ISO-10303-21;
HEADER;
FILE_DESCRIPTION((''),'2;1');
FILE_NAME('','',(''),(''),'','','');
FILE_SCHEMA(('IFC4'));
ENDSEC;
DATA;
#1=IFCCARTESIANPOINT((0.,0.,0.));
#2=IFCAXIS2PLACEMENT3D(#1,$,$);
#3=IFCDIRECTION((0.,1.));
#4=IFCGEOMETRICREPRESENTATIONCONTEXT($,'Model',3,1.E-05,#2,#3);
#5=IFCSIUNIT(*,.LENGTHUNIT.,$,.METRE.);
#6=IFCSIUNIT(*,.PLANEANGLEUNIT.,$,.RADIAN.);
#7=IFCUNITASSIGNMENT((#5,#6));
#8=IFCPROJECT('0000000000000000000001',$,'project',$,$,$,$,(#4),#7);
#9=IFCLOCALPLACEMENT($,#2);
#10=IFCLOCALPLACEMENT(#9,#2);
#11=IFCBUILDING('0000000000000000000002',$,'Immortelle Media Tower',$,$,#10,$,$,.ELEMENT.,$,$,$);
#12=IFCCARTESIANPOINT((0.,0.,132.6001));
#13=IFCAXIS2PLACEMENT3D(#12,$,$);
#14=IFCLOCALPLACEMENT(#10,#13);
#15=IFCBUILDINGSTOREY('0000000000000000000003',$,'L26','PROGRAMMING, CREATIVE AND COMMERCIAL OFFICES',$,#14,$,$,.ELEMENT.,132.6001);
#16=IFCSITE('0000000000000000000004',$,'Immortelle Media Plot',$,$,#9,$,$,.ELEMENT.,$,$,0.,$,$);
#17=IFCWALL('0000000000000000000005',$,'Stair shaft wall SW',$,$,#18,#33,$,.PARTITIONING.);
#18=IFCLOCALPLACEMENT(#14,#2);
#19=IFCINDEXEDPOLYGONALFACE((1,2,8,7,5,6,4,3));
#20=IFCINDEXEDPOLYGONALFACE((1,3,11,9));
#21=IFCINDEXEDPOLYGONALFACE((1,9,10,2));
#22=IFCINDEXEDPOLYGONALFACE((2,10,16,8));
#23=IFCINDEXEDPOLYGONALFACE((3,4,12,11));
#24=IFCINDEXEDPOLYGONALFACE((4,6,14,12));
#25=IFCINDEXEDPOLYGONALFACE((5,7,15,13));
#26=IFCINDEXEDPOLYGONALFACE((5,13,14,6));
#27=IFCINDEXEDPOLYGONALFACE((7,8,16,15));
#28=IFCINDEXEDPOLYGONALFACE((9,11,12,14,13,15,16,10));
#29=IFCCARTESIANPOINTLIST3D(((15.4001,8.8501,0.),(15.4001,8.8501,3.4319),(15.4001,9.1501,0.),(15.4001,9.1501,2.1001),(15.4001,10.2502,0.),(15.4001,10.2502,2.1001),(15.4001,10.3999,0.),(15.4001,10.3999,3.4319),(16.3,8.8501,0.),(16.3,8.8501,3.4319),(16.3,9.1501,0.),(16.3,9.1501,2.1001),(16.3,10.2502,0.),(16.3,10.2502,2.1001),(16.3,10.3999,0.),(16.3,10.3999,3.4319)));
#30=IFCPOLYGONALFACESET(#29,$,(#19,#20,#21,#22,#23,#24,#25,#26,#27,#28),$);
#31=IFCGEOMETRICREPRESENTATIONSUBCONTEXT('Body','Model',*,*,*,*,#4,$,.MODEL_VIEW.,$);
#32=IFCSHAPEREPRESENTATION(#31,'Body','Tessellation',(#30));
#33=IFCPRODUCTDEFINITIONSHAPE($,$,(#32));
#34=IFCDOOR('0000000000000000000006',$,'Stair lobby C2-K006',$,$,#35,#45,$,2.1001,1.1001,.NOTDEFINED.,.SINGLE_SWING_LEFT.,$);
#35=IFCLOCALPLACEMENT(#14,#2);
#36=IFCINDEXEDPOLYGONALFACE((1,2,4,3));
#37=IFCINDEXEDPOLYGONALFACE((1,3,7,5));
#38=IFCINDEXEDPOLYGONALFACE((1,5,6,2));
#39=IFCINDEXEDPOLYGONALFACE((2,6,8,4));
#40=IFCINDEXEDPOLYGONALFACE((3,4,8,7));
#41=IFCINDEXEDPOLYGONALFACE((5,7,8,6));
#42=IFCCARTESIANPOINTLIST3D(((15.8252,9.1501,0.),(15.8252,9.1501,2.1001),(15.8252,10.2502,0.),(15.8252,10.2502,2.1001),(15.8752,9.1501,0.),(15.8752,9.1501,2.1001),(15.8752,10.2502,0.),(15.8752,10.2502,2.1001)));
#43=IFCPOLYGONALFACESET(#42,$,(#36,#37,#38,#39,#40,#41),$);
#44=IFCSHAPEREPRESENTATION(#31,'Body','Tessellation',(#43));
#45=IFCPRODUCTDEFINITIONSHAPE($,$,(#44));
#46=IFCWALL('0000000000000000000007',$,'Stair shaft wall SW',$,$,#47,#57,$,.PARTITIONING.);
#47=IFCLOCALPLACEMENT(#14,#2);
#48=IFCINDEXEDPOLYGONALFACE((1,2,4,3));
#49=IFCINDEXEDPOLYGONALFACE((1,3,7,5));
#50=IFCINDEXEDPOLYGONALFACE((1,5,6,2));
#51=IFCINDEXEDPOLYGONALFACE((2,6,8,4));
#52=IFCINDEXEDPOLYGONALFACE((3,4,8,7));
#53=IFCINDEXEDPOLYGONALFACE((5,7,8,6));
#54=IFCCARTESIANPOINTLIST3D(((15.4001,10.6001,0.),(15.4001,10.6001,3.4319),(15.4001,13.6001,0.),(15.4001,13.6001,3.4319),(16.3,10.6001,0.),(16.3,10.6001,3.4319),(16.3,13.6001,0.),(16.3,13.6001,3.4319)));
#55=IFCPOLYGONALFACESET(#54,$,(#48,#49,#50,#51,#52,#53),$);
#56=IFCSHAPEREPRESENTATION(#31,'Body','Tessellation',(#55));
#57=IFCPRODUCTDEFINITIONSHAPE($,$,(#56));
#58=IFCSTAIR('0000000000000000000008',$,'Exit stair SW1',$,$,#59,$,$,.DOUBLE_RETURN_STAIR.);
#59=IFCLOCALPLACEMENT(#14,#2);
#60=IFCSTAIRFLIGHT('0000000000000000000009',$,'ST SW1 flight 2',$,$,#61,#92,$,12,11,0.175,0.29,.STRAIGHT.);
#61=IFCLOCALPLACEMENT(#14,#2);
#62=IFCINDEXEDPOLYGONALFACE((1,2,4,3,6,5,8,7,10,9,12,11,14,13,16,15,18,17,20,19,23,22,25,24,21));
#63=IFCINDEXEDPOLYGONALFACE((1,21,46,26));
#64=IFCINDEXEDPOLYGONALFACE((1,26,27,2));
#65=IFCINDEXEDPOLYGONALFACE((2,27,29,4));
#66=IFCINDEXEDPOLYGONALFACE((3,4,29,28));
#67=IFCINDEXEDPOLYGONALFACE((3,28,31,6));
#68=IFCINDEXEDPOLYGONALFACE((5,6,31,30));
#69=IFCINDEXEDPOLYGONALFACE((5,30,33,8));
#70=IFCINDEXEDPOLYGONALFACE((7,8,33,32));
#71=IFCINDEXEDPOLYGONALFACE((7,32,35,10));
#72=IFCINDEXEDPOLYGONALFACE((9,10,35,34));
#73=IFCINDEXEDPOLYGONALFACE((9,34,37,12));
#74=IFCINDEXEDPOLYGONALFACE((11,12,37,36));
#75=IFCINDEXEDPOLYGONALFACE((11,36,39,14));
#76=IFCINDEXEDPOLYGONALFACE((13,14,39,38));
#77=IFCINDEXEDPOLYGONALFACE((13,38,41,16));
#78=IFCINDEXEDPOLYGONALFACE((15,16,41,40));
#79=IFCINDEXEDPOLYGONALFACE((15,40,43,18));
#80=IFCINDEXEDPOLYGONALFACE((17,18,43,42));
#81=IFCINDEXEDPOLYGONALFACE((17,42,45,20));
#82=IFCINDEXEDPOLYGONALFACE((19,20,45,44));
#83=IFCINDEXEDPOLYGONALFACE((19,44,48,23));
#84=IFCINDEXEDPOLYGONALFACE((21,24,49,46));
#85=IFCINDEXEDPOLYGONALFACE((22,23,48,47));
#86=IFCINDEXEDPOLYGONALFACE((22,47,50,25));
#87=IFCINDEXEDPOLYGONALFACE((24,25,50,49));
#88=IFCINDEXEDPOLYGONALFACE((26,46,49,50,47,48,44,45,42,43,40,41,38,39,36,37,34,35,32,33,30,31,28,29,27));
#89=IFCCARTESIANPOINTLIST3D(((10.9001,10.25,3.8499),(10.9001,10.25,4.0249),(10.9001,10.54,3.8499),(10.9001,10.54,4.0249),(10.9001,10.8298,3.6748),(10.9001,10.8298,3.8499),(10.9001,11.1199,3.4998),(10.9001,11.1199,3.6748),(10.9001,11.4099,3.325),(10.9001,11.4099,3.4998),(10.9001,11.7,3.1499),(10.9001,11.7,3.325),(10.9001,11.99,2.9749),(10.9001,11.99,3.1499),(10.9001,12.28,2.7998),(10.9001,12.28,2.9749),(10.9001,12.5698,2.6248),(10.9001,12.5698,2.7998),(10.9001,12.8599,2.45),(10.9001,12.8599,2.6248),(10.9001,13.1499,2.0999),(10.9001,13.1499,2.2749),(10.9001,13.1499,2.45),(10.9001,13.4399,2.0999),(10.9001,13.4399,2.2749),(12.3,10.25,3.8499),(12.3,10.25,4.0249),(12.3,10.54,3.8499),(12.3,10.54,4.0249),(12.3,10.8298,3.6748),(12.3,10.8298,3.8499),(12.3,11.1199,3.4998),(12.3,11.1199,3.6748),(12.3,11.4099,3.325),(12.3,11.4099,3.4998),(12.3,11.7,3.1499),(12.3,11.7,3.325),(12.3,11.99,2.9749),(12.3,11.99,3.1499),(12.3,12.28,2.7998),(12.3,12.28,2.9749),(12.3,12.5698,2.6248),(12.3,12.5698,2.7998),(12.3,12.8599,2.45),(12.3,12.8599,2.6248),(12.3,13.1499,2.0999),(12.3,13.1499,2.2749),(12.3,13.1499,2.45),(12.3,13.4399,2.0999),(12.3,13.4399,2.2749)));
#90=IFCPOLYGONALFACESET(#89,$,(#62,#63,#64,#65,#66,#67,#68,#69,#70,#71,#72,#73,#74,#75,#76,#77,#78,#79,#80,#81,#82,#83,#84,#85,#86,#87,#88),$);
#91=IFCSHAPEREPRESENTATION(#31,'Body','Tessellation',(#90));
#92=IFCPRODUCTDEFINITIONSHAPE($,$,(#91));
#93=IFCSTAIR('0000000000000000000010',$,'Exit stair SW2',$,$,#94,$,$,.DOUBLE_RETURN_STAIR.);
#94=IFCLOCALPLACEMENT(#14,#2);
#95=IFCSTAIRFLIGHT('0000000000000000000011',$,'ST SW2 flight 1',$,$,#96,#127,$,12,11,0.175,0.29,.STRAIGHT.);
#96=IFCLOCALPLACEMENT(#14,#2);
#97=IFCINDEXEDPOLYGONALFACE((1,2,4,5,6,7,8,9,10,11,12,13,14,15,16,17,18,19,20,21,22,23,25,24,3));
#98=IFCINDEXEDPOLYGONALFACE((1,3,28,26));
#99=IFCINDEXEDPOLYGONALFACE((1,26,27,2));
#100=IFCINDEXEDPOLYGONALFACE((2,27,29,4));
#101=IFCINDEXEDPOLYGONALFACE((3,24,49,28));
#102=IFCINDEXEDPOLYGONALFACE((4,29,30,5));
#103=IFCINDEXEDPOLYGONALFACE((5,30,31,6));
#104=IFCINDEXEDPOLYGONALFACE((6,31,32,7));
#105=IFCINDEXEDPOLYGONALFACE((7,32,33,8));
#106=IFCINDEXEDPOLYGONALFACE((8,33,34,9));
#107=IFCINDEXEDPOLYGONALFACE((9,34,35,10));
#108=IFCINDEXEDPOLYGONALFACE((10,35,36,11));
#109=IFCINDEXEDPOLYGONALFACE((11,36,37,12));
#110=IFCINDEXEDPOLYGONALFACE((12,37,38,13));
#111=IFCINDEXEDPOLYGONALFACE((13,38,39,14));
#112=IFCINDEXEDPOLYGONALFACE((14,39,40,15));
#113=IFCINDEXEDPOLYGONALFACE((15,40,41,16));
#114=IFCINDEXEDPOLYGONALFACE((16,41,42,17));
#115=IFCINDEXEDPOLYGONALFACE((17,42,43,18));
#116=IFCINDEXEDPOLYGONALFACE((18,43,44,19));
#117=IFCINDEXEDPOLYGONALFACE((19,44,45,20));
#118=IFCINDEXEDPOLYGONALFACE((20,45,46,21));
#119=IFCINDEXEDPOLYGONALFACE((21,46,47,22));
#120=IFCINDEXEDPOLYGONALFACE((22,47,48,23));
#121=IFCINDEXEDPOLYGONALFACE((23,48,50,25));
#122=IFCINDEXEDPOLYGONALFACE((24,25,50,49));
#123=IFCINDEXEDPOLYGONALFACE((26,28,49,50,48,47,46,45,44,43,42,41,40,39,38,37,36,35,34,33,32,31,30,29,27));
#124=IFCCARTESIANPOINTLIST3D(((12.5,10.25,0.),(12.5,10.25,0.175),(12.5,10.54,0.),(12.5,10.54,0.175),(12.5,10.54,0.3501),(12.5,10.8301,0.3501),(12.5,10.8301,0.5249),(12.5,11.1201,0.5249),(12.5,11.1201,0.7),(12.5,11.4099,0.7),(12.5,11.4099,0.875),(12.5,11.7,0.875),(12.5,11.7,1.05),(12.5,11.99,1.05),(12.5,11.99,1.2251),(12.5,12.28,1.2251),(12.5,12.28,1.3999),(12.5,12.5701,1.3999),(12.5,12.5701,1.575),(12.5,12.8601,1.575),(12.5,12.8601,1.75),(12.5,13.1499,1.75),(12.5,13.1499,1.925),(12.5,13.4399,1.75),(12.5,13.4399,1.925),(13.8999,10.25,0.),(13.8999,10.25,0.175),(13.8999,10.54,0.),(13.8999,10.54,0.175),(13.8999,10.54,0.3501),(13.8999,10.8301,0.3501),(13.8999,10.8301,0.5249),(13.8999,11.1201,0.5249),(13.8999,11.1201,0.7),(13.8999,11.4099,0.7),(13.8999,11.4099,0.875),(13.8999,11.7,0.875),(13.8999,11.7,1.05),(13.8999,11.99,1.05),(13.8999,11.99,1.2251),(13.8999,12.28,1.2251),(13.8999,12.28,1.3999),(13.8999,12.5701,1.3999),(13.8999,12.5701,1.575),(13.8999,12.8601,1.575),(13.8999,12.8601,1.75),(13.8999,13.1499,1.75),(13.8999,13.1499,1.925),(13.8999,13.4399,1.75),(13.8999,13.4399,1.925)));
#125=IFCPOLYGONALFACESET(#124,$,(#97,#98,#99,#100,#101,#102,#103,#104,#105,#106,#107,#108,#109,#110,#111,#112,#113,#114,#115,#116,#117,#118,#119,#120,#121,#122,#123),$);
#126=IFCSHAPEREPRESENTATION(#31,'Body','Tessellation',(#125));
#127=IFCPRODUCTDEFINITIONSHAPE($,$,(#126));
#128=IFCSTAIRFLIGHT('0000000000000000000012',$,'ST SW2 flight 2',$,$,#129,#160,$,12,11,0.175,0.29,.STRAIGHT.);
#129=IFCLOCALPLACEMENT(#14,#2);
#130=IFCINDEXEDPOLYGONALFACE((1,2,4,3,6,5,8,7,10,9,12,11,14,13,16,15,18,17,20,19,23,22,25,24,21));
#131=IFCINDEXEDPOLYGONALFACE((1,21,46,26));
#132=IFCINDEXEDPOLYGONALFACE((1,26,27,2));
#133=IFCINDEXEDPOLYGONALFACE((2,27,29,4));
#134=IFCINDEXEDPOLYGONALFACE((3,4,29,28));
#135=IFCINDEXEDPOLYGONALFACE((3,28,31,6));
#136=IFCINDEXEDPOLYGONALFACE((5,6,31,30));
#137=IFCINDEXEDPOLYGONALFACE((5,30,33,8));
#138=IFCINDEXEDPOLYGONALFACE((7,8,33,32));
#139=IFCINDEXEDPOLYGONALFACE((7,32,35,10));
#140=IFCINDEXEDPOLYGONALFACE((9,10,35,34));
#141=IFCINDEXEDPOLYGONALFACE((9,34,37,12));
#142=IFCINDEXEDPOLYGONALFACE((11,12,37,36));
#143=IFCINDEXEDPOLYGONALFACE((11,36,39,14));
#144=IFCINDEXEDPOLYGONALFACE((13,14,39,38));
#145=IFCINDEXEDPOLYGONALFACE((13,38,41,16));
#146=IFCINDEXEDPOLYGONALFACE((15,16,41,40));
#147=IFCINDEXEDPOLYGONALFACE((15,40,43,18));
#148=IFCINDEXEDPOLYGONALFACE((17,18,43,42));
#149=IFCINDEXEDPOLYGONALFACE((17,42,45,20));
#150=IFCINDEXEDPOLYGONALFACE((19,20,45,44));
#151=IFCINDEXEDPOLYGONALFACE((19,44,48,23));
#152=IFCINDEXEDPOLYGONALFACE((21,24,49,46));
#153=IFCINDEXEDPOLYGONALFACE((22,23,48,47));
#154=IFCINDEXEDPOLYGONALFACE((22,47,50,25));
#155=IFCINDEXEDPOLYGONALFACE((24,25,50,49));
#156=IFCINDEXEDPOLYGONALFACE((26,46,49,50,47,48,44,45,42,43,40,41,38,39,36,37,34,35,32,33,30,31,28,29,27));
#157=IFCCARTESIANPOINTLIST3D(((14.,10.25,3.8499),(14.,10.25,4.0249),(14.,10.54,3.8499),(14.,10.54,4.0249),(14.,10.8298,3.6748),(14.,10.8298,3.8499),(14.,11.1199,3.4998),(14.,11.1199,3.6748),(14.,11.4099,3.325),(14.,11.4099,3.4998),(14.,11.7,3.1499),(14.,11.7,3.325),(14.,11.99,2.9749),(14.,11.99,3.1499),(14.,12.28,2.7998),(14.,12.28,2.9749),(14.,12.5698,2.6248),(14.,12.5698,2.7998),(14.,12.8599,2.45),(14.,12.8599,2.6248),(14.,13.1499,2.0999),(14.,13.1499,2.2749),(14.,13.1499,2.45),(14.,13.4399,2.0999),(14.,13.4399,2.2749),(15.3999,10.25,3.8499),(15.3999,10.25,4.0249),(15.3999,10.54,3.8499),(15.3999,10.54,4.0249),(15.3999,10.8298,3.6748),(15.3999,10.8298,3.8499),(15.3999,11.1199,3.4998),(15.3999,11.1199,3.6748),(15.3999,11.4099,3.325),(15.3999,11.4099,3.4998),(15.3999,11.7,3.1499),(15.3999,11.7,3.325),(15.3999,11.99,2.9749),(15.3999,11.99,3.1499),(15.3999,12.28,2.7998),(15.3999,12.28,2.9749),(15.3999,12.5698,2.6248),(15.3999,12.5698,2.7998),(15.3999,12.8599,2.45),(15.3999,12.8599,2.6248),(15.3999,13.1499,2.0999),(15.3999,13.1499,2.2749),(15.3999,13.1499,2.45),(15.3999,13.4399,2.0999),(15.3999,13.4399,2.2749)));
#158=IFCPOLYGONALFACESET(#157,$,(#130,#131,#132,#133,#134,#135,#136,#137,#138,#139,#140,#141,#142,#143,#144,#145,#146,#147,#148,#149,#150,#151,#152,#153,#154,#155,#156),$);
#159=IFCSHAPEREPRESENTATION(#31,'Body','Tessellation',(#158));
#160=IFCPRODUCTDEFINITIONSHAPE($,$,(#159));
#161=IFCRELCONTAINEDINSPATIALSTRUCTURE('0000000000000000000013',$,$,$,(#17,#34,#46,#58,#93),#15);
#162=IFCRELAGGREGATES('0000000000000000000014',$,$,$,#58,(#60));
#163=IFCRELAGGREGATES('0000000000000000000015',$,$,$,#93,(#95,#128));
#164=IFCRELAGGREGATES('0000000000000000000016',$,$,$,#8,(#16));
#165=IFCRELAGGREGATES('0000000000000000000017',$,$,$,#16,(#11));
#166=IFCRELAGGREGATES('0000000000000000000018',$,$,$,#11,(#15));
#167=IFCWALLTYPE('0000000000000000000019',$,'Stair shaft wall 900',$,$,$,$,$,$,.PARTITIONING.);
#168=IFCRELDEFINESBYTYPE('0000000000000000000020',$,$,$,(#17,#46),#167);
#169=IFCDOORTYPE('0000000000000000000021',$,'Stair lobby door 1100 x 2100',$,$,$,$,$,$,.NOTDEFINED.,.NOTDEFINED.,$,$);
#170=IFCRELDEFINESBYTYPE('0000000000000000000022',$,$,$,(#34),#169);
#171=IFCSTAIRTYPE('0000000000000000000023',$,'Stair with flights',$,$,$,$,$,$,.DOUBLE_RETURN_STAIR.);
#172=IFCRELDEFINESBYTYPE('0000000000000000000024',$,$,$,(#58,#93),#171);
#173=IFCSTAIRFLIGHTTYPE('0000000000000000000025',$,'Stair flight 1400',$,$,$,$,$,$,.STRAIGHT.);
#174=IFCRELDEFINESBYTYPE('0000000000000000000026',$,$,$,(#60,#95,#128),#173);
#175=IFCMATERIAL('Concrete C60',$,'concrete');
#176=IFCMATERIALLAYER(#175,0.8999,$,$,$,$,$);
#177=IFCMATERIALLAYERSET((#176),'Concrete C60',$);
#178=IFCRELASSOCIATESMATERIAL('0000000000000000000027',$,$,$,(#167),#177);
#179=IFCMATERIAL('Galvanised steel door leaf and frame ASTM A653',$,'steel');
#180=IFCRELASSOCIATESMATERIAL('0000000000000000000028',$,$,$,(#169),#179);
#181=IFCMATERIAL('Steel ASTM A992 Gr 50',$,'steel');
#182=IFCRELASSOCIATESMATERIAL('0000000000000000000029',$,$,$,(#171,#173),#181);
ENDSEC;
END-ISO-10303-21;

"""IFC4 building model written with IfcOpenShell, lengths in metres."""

from ifc_helpers import new_model, si_unit, direction, frame, frame_2d, origin, place, context, subcontext, project, spatial, polyline, rectangle, outline, extrude, material, layer, layer_set, type_object, element, fill, aggregate, save


model = new_model("IFC4")

# Units and contexts
model_context = context("Model", 3, precision=1e-05, world=origin(), true_north=direction((0.0, 1.0)))
body_context = subcontext(model_context, "Body", "Model", "MODEL_VIEW")
ifc_project = project(units=[si_unit("LENGTHUNIT", "METRE"), si_unit("PLANEANGLEUNIT", "RADIAN")], contexts=[model_context])

# Site, building, storey
site_placement = place(None, origin())
site = spatial("IfcSite", under=ifc_project, at=site_placement, Name="Immortelle Media Plot", CompositionType="ELEMENT", RefElevation=0.0)
building_placement = place(site_placement, origin())
building = spatial("IfcBuilding", under=site, at=building_placement, Name="Immortelle Media Tower", CompositionType="ELEMENT")
storey_placement = place(building_placement, frame((0.0, 0.0, 132.6001)))
storey = spatial("IfcBuildingStorey", under=building, at=storey_placement, Name="L26", Description="PROGRAMMING, CREATIVE AND COMMERCIAL OFFICES", CompositionType="ELEMENT", Elevation=132.6001)

# Shared definitions
ifc_material_1 = material(Name="Steel ASTM A992 Gr 50", Category="steel")

# Shared definitions
ifc_material_2 = material(Name="Concrete C60", Category="concrete")

# Wall, opening, door
ifc_layer_1 = layer(ifc_material_2, 0.8999)
ifc_layer_set_1 = layer_set([ifc_layer_1], Name="Concrete C60")
wall_type_1 = type_object("IfcWallType", Name="Stair shaft wall 900", PredefinedType="PARTITIONING", material=ifc_layer_set_1)
wall_1_placement = place(storey_placement, frame((15.8501, 8.8501, 0.0), z_axis=(0.0, 0.0, 1.0), x_axis=(0.0, 1.0, 0.0)))
wall_1 = element("IfcWall", 1, at=wall_1_placement, inside=storey, type_object=wall_type_1, Name="Stair shaft wall SW", PredefinedType="PARTITIONING", context=body_context, shape_type="SweptSolid", body=[
    extrude(rectangle(XDim=1.5498, YDim=0.8999, at=frame_2d((0.7749, 0.0))), origin(), (0.0, 0.0, 1.0), 3.4319),
])
opening_1_placement = place(wall_1_placement, frame((0.3, 0.0, 0.0)))
opening_1 = element("IfcOpeningElement", 2, at=opening_1_placement, cuts=wall_1, PredefinedType="OPENING", context=body_context, shape_type="SweptSolid", body=[
    extrude(rectangle(XDim=1.1001, YDim=2.1001, at=frame_2d((0.55, 1.05))), frame((0.0, 0.46, 0.0), z_axis=(0.0, -1.0, 0.0), x_axis=(1.0, 0.0, 0.0)), (0.0, 0.0, 1.0), 0.9199),
])
ifc_material_3 = material(Name="Galvanised steel door leaf and frame ASTM A653", Category="steel")
door_type_1 = type_object("IfcDoorType", Name="Stair lobby door 1100 x 2100", OperationType="NOTDEFINED", PredefinedType="NOTDEFINED", material=ifc_material_3)
door_1_placement = place(opening_1_placement, origin())
door_1 = element("IfcDoor", 3, at=door_1_placement, inside=storey, type_object=door_type_1, Name="Stair lobby C2-K006", OperationType="SINGLE_SWING_LEFT", OverallHeight=2.1001, OverallWidth=1.1001, PredefinedType="NOTDEFINED", context=body_context, shape_type="SweptSolid", body=[
    extrude(rectangle(XDim=1.1001, YDim=2.1001, at=frame_2d((0.55, 1.05))), frame((0.0, 0.0249, 0.0), z_axis=(0.0, -1.0, 0.0), x_axis=(1.0, 0.0, 0.0)), (0.0, 0.0, 1.0), 0.05),
])
fill(opening_1, door_1)

# Wall
wall_2_placement = place(storey_placement, frame((15.8501, 10.6001, 0.0), z_axis=(0.0, 0.0, 1.0), x_axis=(0.0, 1.0, 0.0)))
element("IfcWall", 4, at=wall_2_placement, inside=storey, type_object=wall_type_1, Name="Stair shaft wall SW", PredefinedType="PARTITIONING", context=body_context, shape_type="SweptSolid", body=[
    extrude(rectangle(XDim=3.0, YDim=0.8999, at=frame_2d((1.5, 0.0))), origin(), (0.0, 0.0, 1.0), 3.4319),
])

# Stair, stair flight
stair_type = type_object("IfcStairType", Name="Stair with flights", PredefinedType="DOUBLE_RETURN_STAIR", material=ifc_material_1)
stair_1_placement = place(storey_placement, origin())
stair_1 = element("IfcStair", 5, at=stair_1_placement, inside=storey, type_object=stair_type, Name="Exit stair SW1", PredefinedType="DOUBLE_RETURN_STAIR")
stair_flight_type = type_object("IfcStairFlightType", Name="Stair flight 1400", PredefinedType="STRAIGHT", material=ifc_material_1)
stair_flight_1_placement = place(storey_placement, frame((11.6001, 13.4399, 2.0999), z_axis=(0.0, 0.0, 1.0), x_axis=(0.0, -1.0, 0.0)))
stair_flight_1 = element("IfcStairFlight", 6, at=stair_flight_1_placement, type_object=stair_flight_type, Name="ST SW1 flight 2", NumberOfRisers=12, NumberOfTreads=11, PredefinedType="STRAIGHT", RiserHeight=0.175, TreadLength=0.29, context=body_context, shape_type="SweptSolid", body=[
    extrude(outline(polyline([(0.0, 0.0), (0.0, 0.175), (0.29, 0.175), (0.29, 0.3501), (0.5801, 0.3501), (0.5801, 0.5249), (0.8701, 0.5249), (0.8701, 0.7), (1.1599, 0.7), (1.1599, 0.875), (1.45, 0.875), (1.45, 1.05), (1.74, 1.05), (1.74, 1.2251), (2.03, 1.2251), (2.03, 1.3999), (2.3201, 1.3999), (2.3201, 1.575), (2.6101, 1.575), (2.6101, 1.75), (2.8999, 1.75), (2.8999, 1.925), (3.1899, 1.925), (3.1899, 2.1001), (3.1899, 1.75), (0.29, 0.0), (0.0, 0.0)])), frame((0.0, 0.7, 0.0), z_axis=(0.0, -1.0, 0.0), x_axis=(1.0, 0.0, 0.0)), (0.0, 0.0, 1.0), 1.3999),
])
aggregate(stair_1, [stair_flight_1])

# Stair, stair flights
stair_2_placement = place(storey_placement, origin())
stair_2 = element("IfcStair", 7, at=stair_2_placement, inside=storey, type_object=stair_type, Name="Exit stair SW2", PredefinedType="DOUBLE_RETURN_STAIR")
stair_flight_2_placement = place(storey_placement, frame((13.2, 10.25, 0.0), z_axis=(0.0, 0.0, 1.0), x_axis=(0.0, 1.0, 0.0)))
stair_flight_2 = element("IfcStairFlight", 8, at=stair_flight_2_placement, type_object=stair_flight_type, Name="ST SW2 flight 1", NumberOfRisers=12, NumberOfTreads=11, PredefinedType="STRAIGHT", RiserHeight=0.175, TreadLength=0.29, context=body_context, shape_type="SweptSolid", body=[
    extrude(outline(polyline([(0.0, 0.0), (0.0, 0.175), (0.29, 0.175), (0.29, 0.3501), (0.5801, 0.3501), (0.5801, 0.5249), (0.8701, 0.5249), (0.8701, 0.7), (1.1599, 0.7), (1.1599, 0.875), (1.45, 0.875), (1.45, 1.05), (1.74, 1.05), (1.74, 1.2251), (2.03, 1.2251), (2.03, 1.3999), (2.3201, 1.3999), (2.3201, 1.575), (2.6101, 1.575), (2.6101, 1.75), (2.8999, 1.75), (2.8999, 1.925), (3.1899, 1.925), (3.1899, 2.1001), (3.1899, 1.75), (0.29, 0.0), (0.0, 0.0)])), frame((0.0, 0.7, 0.0), z_axis=(0.0, -1.0, 0.0), x_axis=(1.0, 0.0, 0.0)), (0.0, 0.0, 1.0), 1.3999),
])
stair_flight_3_placement = place(storey_placement, frame((14.7, 13.4399, 2.0999), z_axis=(0.0, 0.0, 1.0), x_axis=(0.0, -1.0, 0.0)))
stair_flight_3 = element("IfcStairFlight", 9, at=stair_flight_3_placement, type_object=stair_flight_type, Name="ST SW2 flight 2", NumberOfRisers=12, NumberOfTreads=11, PredefinedType="STRAIGHT", RiserHeight=0.175, TreadLength=0.29, context=body_context, shape_type="SweptSolid", body=[
    extrude(outline(polyline([(0.0, 0.0), (0.0, 0.175), (0.29, 0.175), (0.29, 0.3501), (0.5801, 0.3501), (0.5801, 0.5249), (0.8701, 0.5249), (0.8701, 0.7), (1.1599, 0.7), (1.1599, 0.875), (1.45, 0.875), (1.45, 1.05), (1.74, 1.05), (1.74, 1.2251), (2.03, 1.2251), (2.03, 1.3999), (2.3201, 1.3999), (2.3201, 1.575), (2.6101, 1.575), (2.6101, 1.75), (2.8999, 1.75), (2.8999, 1.925), (3.1899, 1.925), (3.1899, 2.1001), (3.1899, 1.75), (0.29, 0.0), (0.0, 0.0)])), frame((0.0, 0.7, 0.0), z_axis=(0.0, -1.0, 0.0), x_axis=(1.0, 0.0, 0.0)), (0.0, 0.0, 1.0), 1.3999),
])
aggregate(stair_2, [stair_flight_2, stair_flight_3])

save(model, "model.ifc")
